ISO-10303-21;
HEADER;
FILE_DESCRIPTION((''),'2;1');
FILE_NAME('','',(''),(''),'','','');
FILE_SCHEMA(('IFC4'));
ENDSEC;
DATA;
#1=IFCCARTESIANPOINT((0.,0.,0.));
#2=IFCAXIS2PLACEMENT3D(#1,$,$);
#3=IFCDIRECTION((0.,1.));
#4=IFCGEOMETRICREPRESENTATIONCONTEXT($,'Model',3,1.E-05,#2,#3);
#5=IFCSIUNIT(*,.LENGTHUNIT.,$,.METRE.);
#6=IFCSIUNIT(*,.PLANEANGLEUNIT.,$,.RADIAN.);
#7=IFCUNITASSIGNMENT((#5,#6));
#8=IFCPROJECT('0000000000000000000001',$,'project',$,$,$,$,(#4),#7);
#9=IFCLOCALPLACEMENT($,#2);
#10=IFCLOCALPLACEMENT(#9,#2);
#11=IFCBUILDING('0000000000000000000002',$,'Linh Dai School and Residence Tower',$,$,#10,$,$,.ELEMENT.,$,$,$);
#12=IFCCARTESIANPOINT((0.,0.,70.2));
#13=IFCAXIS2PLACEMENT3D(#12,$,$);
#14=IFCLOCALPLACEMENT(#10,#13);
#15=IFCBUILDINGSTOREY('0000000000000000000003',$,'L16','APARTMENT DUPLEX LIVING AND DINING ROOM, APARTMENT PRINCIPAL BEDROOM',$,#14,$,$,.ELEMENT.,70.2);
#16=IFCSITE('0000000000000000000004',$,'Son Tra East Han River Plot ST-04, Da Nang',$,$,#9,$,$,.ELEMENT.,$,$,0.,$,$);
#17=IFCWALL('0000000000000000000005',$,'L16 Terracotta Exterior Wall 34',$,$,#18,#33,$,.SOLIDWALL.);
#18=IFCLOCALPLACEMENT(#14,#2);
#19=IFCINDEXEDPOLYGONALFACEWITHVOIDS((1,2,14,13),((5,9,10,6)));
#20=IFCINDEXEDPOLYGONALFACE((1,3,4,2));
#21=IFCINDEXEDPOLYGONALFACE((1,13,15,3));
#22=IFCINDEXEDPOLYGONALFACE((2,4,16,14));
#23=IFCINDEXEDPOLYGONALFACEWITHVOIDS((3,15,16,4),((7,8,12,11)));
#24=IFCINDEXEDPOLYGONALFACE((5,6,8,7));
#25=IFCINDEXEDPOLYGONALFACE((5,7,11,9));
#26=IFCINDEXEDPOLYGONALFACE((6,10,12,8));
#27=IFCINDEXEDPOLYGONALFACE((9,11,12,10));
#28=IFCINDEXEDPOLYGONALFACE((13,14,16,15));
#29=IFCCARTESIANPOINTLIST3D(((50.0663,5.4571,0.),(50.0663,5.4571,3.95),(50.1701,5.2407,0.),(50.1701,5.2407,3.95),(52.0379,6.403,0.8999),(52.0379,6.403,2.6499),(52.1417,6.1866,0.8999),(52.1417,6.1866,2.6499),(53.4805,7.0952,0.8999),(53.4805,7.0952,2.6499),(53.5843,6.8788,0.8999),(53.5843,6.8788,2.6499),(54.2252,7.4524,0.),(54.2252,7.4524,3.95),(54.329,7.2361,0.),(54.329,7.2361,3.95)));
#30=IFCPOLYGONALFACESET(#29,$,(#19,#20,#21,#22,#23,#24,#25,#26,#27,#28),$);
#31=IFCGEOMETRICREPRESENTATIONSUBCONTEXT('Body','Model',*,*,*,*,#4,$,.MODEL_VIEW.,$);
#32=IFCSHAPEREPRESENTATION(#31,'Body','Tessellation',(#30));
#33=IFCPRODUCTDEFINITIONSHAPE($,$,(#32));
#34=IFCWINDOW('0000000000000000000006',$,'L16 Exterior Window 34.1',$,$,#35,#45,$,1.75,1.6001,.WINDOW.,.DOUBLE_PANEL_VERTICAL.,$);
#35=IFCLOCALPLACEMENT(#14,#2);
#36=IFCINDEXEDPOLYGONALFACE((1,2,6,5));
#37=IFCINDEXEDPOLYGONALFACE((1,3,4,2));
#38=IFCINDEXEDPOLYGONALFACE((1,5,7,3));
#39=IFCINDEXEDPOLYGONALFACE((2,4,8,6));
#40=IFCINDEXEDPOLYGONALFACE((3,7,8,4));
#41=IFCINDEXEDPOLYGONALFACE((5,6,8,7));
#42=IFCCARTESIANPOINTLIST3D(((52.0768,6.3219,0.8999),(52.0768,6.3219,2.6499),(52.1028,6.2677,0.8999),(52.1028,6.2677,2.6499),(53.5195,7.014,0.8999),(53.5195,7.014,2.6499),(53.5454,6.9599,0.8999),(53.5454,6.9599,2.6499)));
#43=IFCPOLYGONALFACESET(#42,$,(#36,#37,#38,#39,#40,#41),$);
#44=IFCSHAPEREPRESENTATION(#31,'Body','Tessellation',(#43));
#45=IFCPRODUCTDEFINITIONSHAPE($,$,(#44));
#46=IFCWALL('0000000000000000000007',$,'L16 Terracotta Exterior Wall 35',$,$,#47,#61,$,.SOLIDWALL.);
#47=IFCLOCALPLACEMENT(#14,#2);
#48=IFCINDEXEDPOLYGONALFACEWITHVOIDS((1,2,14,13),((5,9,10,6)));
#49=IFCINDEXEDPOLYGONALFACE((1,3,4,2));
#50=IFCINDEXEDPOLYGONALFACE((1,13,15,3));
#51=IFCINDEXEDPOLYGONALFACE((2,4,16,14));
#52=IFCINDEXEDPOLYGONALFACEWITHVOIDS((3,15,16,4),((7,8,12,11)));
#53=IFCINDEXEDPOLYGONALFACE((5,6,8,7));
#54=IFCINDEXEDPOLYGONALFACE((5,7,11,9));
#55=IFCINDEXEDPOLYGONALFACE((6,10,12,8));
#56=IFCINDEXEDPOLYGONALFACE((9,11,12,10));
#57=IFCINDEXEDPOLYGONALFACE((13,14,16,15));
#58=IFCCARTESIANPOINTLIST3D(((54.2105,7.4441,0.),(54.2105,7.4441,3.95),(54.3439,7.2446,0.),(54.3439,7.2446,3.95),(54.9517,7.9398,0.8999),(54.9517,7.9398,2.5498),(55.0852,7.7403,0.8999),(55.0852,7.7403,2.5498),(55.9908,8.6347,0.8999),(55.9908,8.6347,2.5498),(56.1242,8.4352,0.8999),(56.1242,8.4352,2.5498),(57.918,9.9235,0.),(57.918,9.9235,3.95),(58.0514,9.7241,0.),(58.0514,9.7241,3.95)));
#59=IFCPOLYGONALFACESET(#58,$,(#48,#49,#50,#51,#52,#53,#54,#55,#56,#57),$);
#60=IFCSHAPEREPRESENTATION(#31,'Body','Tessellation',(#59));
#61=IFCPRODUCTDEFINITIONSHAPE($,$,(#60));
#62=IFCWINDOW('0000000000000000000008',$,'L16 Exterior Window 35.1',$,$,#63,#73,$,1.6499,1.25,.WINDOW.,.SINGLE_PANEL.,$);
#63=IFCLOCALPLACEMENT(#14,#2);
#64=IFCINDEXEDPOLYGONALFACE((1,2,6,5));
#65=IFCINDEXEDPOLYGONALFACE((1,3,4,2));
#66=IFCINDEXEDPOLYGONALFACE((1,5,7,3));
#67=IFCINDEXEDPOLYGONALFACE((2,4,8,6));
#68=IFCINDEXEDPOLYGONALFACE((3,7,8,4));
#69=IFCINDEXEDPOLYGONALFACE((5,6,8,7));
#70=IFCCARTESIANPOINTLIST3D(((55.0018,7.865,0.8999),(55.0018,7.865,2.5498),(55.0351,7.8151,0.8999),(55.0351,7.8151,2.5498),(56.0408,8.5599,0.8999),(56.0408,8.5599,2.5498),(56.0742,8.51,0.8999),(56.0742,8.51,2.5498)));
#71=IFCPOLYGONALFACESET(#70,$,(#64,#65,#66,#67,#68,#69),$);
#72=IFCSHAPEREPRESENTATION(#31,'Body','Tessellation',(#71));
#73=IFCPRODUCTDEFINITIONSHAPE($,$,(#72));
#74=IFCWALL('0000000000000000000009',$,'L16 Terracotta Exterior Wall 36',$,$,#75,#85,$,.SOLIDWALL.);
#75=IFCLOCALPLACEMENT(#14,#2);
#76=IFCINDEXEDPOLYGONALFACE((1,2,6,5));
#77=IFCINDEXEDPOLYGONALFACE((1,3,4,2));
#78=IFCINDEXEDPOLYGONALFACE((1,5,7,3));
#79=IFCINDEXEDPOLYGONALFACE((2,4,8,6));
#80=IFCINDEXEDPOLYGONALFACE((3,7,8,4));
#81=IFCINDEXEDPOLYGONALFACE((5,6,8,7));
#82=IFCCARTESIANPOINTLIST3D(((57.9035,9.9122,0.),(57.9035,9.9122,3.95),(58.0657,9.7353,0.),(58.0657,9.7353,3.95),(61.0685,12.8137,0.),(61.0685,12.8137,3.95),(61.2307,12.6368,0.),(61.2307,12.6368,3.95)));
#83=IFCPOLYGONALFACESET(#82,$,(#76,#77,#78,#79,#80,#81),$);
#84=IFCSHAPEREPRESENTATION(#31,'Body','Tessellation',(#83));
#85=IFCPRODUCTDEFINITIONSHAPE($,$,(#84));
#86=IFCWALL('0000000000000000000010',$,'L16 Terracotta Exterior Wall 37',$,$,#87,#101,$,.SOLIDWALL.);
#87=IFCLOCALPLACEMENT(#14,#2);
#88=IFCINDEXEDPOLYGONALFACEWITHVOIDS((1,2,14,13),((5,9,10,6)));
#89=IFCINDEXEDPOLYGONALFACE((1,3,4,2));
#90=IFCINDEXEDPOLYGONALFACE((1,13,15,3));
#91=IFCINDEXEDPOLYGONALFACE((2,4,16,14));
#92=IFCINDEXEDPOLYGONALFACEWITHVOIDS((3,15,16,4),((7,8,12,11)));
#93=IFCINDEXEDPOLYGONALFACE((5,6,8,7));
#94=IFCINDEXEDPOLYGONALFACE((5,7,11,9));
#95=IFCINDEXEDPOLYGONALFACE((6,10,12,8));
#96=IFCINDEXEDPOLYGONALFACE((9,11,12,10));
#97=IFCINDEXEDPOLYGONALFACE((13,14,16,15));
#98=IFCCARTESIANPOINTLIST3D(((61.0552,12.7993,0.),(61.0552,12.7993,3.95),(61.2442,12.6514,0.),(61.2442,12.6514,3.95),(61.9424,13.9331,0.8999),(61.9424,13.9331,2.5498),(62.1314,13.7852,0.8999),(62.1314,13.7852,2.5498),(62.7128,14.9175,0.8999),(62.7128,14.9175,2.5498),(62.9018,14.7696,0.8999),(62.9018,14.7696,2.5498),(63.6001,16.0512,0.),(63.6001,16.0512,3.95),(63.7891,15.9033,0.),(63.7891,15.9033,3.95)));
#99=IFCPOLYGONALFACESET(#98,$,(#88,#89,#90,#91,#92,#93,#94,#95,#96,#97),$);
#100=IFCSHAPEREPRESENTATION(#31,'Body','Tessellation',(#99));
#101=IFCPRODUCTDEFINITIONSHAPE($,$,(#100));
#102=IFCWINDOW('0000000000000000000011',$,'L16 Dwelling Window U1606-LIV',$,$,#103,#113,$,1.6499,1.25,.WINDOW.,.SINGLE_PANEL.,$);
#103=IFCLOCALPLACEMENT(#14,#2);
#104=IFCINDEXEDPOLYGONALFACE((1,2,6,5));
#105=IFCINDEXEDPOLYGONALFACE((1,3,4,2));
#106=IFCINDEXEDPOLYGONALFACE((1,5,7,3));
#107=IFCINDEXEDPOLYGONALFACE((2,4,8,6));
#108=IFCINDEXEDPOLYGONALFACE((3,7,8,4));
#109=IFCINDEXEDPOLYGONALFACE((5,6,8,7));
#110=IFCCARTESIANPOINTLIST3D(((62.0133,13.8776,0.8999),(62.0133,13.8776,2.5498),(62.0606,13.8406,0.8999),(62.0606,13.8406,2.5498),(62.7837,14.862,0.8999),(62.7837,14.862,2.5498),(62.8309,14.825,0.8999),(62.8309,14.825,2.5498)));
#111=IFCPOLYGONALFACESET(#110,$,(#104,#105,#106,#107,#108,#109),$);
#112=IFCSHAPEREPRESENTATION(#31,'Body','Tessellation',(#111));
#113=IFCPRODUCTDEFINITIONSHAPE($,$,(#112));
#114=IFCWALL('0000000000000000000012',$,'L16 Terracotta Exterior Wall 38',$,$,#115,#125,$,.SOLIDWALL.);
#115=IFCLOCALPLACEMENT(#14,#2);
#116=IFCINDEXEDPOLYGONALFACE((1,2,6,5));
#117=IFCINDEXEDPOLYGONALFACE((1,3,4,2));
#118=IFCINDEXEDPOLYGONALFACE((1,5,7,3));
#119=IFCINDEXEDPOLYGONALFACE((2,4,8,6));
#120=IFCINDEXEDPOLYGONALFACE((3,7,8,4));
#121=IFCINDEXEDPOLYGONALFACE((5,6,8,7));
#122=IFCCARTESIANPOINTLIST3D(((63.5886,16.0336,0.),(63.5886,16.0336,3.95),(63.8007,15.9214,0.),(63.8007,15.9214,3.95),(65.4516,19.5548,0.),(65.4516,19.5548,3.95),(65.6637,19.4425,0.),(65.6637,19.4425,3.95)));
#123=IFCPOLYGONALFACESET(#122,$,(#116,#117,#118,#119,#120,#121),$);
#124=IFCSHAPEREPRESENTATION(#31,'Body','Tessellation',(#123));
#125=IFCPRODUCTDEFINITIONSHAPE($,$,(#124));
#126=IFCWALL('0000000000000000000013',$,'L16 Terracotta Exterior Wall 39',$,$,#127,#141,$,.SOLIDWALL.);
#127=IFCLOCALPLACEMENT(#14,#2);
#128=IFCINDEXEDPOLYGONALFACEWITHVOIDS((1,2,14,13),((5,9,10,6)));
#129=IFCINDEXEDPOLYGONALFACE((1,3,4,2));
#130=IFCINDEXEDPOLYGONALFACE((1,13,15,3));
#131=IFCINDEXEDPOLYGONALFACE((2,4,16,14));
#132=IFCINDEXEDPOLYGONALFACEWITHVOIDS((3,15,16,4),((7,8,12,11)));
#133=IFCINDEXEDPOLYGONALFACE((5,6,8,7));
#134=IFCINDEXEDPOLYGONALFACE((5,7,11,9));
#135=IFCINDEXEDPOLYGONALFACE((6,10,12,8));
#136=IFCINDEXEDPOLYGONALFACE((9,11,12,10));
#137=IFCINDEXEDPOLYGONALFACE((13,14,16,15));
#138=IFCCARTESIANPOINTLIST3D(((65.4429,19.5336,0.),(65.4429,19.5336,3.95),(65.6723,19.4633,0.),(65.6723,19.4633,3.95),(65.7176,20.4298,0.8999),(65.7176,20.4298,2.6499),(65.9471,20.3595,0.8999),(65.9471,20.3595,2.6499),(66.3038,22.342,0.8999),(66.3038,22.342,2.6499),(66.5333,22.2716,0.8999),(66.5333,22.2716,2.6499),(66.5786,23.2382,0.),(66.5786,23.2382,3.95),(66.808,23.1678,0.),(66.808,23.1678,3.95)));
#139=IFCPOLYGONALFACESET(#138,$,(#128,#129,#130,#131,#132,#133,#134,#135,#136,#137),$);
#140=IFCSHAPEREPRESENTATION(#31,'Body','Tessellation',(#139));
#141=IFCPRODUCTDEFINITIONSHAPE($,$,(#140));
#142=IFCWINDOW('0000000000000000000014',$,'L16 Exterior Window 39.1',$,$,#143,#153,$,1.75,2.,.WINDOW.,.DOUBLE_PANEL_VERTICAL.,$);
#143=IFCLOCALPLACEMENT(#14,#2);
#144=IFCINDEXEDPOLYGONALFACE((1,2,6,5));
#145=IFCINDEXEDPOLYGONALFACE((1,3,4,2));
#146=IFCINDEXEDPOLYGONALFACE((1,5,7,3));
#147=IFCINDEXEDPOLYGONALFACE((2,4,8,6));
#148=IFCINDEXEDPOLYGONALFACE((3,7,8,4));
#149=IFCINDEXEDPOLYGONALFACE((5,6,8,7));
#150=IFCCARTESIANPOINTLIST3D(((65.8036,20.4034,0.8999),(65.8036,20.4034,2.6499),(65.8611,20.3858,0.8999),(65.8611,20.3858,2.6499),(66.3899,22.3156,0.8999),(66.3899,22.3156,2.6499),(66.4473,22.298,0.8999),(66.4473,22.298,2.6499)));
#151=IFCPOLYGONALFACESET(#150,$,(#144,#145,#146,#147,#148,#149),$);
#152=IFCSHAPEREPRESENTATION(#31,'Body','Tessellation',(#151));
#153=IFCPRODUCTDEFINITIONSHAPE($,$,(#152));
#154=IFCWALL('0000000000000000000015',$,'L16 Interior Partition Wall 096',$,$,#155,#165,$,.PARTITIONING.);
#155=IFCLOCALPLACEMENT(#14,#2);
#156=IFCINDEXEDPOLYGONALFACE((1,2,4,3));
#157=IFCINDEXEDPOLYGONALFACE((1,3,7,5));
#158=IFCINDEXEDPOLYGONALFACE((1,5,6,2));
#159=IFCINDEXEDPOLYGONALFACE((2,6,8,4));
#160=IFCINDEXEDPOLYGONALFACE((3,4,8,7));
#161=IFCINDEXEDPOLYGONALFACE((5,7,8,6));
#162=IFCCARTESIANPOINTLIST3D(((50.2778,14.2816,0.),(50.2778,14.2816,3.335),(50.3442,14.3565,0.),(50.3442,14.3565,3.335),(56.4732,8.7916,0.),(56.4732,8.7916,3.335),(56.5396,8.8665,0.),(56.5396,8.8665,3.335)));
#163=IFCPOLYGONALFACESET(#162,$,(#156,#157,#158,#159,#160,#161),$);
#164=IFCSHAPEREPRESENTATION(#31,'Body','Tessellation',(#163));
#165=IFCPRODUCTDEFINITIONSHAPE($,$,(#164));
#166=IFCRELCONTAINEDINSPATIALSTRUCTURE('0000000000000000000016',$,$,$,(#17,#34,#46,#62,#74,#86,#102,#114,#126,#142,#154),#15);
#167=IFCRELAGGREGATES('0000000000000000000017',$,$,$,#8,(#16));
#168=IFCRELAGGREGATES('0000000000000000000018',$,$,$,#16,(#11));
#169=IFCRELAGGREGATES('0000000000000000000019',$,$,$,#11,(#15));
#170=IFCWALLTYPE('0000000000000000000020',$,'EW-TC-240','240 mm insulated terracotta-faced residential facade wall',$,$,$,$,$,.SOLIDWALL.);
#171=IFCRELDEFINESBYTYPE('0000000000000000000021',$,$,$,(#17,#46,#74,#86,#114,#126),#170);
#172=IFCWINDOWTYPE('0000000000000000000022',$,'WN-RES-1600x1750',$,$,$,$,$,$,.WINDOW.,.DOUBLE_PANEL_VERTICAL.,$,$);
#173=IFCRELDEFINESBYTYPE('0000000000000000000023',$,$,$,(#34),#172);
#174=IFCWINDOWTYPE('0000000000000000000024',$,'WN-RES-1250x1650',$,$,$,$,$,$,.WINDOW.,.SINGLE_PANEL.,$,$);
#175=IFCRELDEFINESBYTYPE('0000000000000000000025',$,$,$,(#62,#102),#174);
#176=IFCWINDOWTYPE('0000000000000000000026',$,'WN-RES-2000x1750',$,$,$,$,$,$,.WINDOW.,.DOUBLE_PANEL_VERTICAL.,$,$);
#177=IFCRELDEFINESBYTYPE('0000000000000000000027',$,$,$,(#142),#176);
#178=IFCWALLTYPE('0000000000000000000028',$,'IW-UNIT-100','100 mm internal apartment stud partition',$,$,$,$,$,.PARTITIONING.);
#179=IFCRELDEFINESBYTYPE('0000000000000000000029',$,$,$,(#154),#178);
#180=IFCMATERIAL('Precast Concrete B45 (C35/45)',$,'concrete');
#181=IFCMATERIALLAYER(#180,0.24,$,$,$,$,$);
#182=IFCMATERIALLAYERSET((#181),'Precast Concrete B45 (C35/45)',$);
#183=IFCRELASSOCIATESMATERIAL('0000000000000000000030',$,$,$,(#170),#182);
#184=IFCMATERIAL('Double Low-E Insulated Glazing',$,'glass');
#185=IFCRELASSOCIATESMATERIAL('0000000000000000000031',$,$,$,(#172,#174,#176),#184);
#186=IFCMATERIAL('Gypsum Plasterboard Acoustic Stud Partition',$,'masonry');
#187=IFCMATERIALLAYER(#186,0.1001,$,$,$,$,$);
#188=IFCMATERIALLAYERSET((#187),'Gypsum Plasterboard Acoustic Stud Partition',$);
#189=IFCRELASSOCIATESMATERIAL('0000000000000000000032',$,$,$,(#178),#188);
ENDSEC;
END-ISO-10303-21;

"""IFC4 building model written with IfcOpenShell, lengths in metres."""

from ifc_helpers import new_model, si_unit, direction, frame, frame_2d, origin, origin_2d, place, context, subcontext, project, spatial, rectangle, extrude, source, transform, mapped, material, layer, layer_set, type_object, element, fill, save


model = new_model("IFC4")

# Units and contexts
model_context = context("Model", 3, precision=1e-05, world=origin(), true_north=direction((0.0, 1.0)))
body_context = subcontext(model_context, "Body", "Model", "MODEL_VIEW")
ifc_project = project(units=[si_unit("LENGTHUNIT", "METRE"), si_unit("PLANEANGLEUNIT", "RADIAN")], contexts=[model_context])

# Site, building, storey
site_placement = place(None, origin())
site = spatial("IfcSite", under=ifc_project, at=site_placement, Name="Son Tra East Han River Plot ST-04, Da Nang", CompositionType="ELEMENT", RefElevation=0.0)
building_placement = place(site_placement, origin())
building = spatial("IfcBuilding", under=site, at=building_placement, Name="Linh Dai School and Residence Tower", CompositionType="ELEMENT")
storey_placement = place(building_placement, frame((0.0, 0.0, 70.2)))
storey = spatial("IfcBuildingStorey", under=building, at=storey_placement, Name="L16", Description="APARTMENT DUPLEX LIVING AND DINING ROOM, APARTMENT PRINCIPAL BEDROOM", CompositionType="ELEMENT", Elevation=70.2)

# Shared definitions
ifc_material_1 = material(Name="Precast Concrete B45 (C35/45)", Category="concrete")

# Walls, openings, windows
ifc_layer_1 = layer(ifc_material_1, 0.24)
ifc_layer_set_1 = layer_set([ifc_layer_1], Name="Precast Concrete B45 (C35/45)")
wall_type_1 = type_object("IfcWallType", Name="EW-TC-240", Description="240 mm insulated terracotta-faced residential facade wall", PredefinedType="SOLIDWALL", material=ifc_layer_set_1)
wall_1_placement = place(storey_placement, frame((54.2771, 7.3442, 0.0), z_axis=(0.0, 0.0, 1.0), x_axis=(-0.901602, -0.432568, 0.0)))
wall_1 = element("IfcWall", 1, at=wall_1_placement, inside=storey, type_object=wall_type_1, Name="L16 Terracotta Exterior Wall 34", PredefinedType="SOLIDWALL", context=body_context, shape_type="SweptSolid", body=[
    extrude(rectangle(XDim=4.6128, YDim=0.24, at=frame_2d((2.3064, 0.0))), origin(), (0.0, 0.0, 1.0), 3.95),
])
opening_1_placement = place(wall_1_placement, frame((0.8259, 0.0, 0.8999)))
opening_1 = element("IfcOpeningElement", 2, at=opening_1_placement, cuts=wall_1, PredefinedType="OPENING", context=body_context, shape_type="SweptSolid", body=[
    extrude(rectangle(XDim=1.6001, YDim=1.75, at=origin_2d()), frame((0.8, 0.1299, 0.875), z_axis=(0.0, -1.0, 0.0), x_axis=(1.0, 0.0, 0.0)), (0.0, 0.0, 1.0), 0.26),
])
ifc_material_2 = material(Name="Double Low-E Insulated Glazing", Category="glass")
window_type_1 = type_object("IfcWindowType", Name="WN-RES-1600x1750", PartitioningType="DOUBLE_PANEL_VERTICAL", PredefinedType="WINDOW", material=ifc_material_2)
shared_shape_1 = source(origin(), body_context, "Body", "SweptSolid", [
    extrude(rectangle(XDim=1.6001, YDim=1.75, at=origin_2d()), frame((0.8, 0.03, 0.875), z_axis=(0.0, -1.0, 0.0), x_axis=(1.0, 0.0, 0.0)), (0.0, 0.0, 1.0), 0.0601),
])
window_1_placement = place(opening_1_placement, origin())
window_1 = element("IfcWindow", 3, at=window_1_placement, inside=storey, type_object=window_type_1, Name="L16 Exterior Window 34.1", OverallHeight=1.75, OverallWidth=1.6001, PartitioningType="DOUBLE_PANEL_VERTICAL", PredefinedType="WINDOW", context=body_context, shape_type="MappedRepresentation", body=[
    mapped(shared_shape_1, transform((0.0, 0.0, 0.0), x_axis=(1.0, 0.0, 0.0), y_axis=(0.0, 1.0, 0.0), z_axis=(0.0, 0.0, 1.0), scale=1.0)),
])
fill(opening_1, window_1)
wall_2_placement = place(storey_placement, frame((57.9846, 9.8237, 0.0), z_axis=(0.0, 0.0, 1.0), x_axis=(-0.831241, -0.555912, 0.0)))
wall_2 = element("IfcWall", 4, at=wall_2_placement, inside=storey, type_object=wall_type_1, Name="L16 Terracotta Exterior Wall 35", PredefinedType="SOLIDWALL", context=body_context, shape_type="SweptSolid", body=[
    extrude(rectangle(XDim=4.4602, YDim=0.24, at=frame_2d((2.23, 0.0))), origin(), (0.0, 0.0, 1.0), 3.95),
])
opening_2_placement = place(wall_2_placement, frame((2.3184, 0.0, 0.8999)))
opening_2 = element("IfcOpeningElement", 5, at=opening_2_placement, cuts=wall_2, PredefinedType="OPENING", context=body_context, shape_type="SweptSolid", body=[
    extrude(rectangle(XDim=1.25, YDim=1.6499, at=origin_2d()), frame((0.625, 0.1299, 0.825), z_axis=(0.0, -1.0, 0.0), x_axis=(1.0, 0.0, 0.0)), (0.0, 0.0, 1.0), 0.26),
])
window_type_2 = type_object("IfcWindowType", Name="WN-RES-1250x1650", PartitioningType="SINGLE_PANEL", PredefinedType="WINDOW", material=ifc_material_2)
shared_shape_2 = source(origin(), body_context, "Body", "SweptSolid", [
    extrude(rectangle(XDim=1.25, YDim=1.6499, at=origin_2d()), frame((0.625, 0.03, 0.825), z_axis=(0.0, -1.0, 0.0), x_axis=(1.0, 0.0, 0.0)), (0.0, 0.0, 1.0), 0.0601),
])
window_2_placement = place(opening_2_placement, origin())
window_2 = element("IfcWindow", 6, at=window_2_placement, inside=storey, type_object=window_type_2, Name="L16 Exterior Window 35.1", OverallHeight=1.6499, OverallWidth=1.25, PartitioningType="SINGLE_PANEL", PredefinedType="WINDOW", context=body_context, shape_type="MappedRepresentation", body=[
    mapped(shared_shape_2, transform((0.0, 0.0, 0.0), x_axis=(1.0, 0.0, 0.0), y_axis=(0.0, 1.0, 0.0), z_axis=(0.0, 0.0, 1.0), scale=1.0)),
])
fill(opening_2, window_2)

# Wall
wall_3_placement = place(storey_placement, frame((61.1497, 12.7253, 0.0), z_axis=(0.0, 0.0, 1.0), x_axis=(-0.737116, -0.675766, 0.0)))
element("IfcWall", 7, at=wall_3_placement, inside=storey, type_object=wall_type_1, Name="L16 Terracotta Exterior Wall 36", PredefinedType="SOLIDWALL", context=body_context, shape_type="SweptSolid", body=[
    extrude(rectangle(XDim=4.2937, YDim=0.24, at=frame_2d((2.147, 0.0))), origin(), (0.0, 0.0, 1.0), 3.95),
])

# Wall, opening, window
wall_4_placement = place(storey_placement, frame((63.6946, 15.9773, 0.0), z_axis=(0.0, 0.0, 1.0), x_axis=(-0.616296, -0.787515, 0.0)))
wall_4 = element("IfcWall", 8, at=wall_4_placement, inside=storey, type_object=wall_type_1, Name="L16 Terracotta Exterior Wall 37", PredefinedType="SOLIDWALL", context=body_context, shape_type="SweptSolid", body=[
    extrude(rectangle(XDim=4.1294, YDim=0.24, at=frame_2d((2.0647, 0.0))), origin(), (0.0, 0.0, 1.0), 3.95),
])
opening_3_placement = place(wall_4_placement, frame((1.4397, 0.0, 0.8999)))
opening_3 = element("IfcOpeningElement", 9, at=opening_3_placement, cuts=wall_4, PredefinedType="OPENING", context=body_context, shape_type="SweptSolid", body=[
    extrude(rectangle(XDim=1.25, YDim=1.6499, at=origin_2d()), frame((0.625, 0.1299, 0.825), z_axis=(0.0, -1.0, 0.0), x_axis=(1.0, 0.0, 0.0)), (0.0, 0.0, 1.0), 0.26),
])
window_3_placement = place(opening_3_placement, origin())
window_3 = element("IfcWindow", 10, at=window_3_placement, inside=storey, type_object=window_type_2, Name="L16 Dwelling Window U1606-LIV", OverallHeight=1.6499, OverallWidth=1.25, PartitioningType="SINGLE_PANEL", PredefinedType="WINDOW", context=body_context, shape_type="MappedRepresentation", body=[
    mapped(shared_shape_2, transform((0.0, 0.0, 0.0), x_axis=(1.0, 0.0, 0.0), y_axis=(0.0, 1.0, 0.0), z_axis=(0.0, 0.0, 1.0), scale=1.0)),
])
fill(opening_3, window_3)

# Wall
wall_5_placement = place(storey_placement, frame((65.5576, 19.4985, 0.0), z_axis=(0.0, 0.0, 1.0), x_axis=(-0.467662, -0.883907, 0.0)))
element("IfcWall", 11, at=wall_5_placement, inside=storey, type_object=wall_type_1, Name="L16 Terracotta Exterior Wall 38", PredefinedType="SOLIDWALL", context=body_context, shape_type="SweptSolid", body=[
    extrude(rectangle(XDim=3.9836, YDim=0.24, at=frame_2d((1.9917, 0.0))), origin(), (0.0, 0.0, 1.0), 3.95),
])

# Wall, opening, window
wall_6_placement = place(storey_placement, frame((66.6934, 23.2031, 0.0), z_axis=(0.0, 0.0, 1.0), x_axis=(-0.293112, -0.956078, 0.0)))
wall_6 = element("IfcWall", 12, at=wall_6_placement, inside=storey, type_object=wall_type_1, Name="L16 Terracotta Exterior Wall 39", PredefinedType="SOLIDWALL", context=body_context, shape_type="SweptSolid", body=[
    extrude(rectangle(XDim=3.8748, YDim=0.24, at=frame_2d((1.9375, 0.0))), origin(), (0.0, 0.0, 1.0), 3.95),
])
opening_4_placement = place(wall_6_placement, frame((0.9375, 0.0, 0.8999)))
opening_4 = element("IfcOpeningElement", 13, at=opening_4_placement, cuts=wall_6, PredefinedType="OPENING", context=body_context, shape_type="SweptSolid", body=[
    extrude(rectangle(XDim=2.0, YDim=1.75, at=origin_2d()), frame((1.0, 0.1299, 0.875), z_axis=(0.0, -1.0, 0.0), x_axis=(1.0, 0.0, 0.0)), (0.0, 0.0, 1.0), 0.26),
])
window_type_3 = type_object("IfcWindowType", Name="WN-RES-2000x1750", PartitioningType="DOUBLE_PANEL_VERTICAL", PredefinedType="WINDOW", material=ifc_material_2)
shared_shape_3 = source(origin(), body_context, "Body", "SweptSolid", [
    extrude(rectangle(XDim=2.0, YDim=1.75, at=origin_2d()), frame((1.0, 0.03, 0.875), z_axis=(0.0, -1.0, 0.0), x_axis=(1.0, 0.0, 0.0)), (0.0, 0.0, 1.0), 0.0601),
])
window_4_placement = place(opening_4_placement, origin())
window_4 = element("IfcWindow", 14, at=window_4_placement, inside=storey, type_object=window_type_3, Name="L16 Exterior Window 39.1", OverallHeight=1.75, OverallWidth=2.0, PartitioningType="DOUBLE_PANEL_VERTICAL", PredefinedType="WINDOW", context=body_context, shape_type="MappedRepresentation", body=[
    mapped(shared_shape_3, transform((0.0, 0.0, 0.0), x_axis=(1.0, 0.0, 0.0), y_axis=(0.0, 1.0, 0.0), z_axis=(0.0, 0.0, 1.0), scale=1.0)),
])
fill(opening_4, window_4)

# Wall
ifc_material_3 = material(Name="Gypsum Plasterboard Acoustic Stud Partition", Category="masonry")
ifc_layer_2 = layer(ifc_material_3, 0.1001)
ifc_layer_set_2 = layer_set([ifc_layer_2], Name="Gypsum Plasterboard Acoustic Stud Partition")
wall_type_2 = type_object("IfcWallType", Name="IW-UNIT-100", Description="100 mm internal apartment stud partition", PredefinedType="PARTITIONING", material=ifc_layer_set_2)
wall_7_placement = place(storey_placement, frame((50.311, 14.3191, 0.0), z_axis=(0.0, 0.0, 1.0), x_axis=(0.748425, -0.663219, 0.0)))
element("IfcWall", 15, at=wall_7_placement, inside=storey, type_object=wall_type_2, Name="L16 Interior Partition Wall 096", PredefinedType="PARTITIONING", context=body_context, shape_type="SweptSolid", body=[
    extrude(rectangle(XDim=8.2778, YDim=0.1001, at=frame_2d((4.1389, 0.0))), origin(), (0.0, 0.0, 1.0), 3.335),
])

save(model, "model.ifc")
